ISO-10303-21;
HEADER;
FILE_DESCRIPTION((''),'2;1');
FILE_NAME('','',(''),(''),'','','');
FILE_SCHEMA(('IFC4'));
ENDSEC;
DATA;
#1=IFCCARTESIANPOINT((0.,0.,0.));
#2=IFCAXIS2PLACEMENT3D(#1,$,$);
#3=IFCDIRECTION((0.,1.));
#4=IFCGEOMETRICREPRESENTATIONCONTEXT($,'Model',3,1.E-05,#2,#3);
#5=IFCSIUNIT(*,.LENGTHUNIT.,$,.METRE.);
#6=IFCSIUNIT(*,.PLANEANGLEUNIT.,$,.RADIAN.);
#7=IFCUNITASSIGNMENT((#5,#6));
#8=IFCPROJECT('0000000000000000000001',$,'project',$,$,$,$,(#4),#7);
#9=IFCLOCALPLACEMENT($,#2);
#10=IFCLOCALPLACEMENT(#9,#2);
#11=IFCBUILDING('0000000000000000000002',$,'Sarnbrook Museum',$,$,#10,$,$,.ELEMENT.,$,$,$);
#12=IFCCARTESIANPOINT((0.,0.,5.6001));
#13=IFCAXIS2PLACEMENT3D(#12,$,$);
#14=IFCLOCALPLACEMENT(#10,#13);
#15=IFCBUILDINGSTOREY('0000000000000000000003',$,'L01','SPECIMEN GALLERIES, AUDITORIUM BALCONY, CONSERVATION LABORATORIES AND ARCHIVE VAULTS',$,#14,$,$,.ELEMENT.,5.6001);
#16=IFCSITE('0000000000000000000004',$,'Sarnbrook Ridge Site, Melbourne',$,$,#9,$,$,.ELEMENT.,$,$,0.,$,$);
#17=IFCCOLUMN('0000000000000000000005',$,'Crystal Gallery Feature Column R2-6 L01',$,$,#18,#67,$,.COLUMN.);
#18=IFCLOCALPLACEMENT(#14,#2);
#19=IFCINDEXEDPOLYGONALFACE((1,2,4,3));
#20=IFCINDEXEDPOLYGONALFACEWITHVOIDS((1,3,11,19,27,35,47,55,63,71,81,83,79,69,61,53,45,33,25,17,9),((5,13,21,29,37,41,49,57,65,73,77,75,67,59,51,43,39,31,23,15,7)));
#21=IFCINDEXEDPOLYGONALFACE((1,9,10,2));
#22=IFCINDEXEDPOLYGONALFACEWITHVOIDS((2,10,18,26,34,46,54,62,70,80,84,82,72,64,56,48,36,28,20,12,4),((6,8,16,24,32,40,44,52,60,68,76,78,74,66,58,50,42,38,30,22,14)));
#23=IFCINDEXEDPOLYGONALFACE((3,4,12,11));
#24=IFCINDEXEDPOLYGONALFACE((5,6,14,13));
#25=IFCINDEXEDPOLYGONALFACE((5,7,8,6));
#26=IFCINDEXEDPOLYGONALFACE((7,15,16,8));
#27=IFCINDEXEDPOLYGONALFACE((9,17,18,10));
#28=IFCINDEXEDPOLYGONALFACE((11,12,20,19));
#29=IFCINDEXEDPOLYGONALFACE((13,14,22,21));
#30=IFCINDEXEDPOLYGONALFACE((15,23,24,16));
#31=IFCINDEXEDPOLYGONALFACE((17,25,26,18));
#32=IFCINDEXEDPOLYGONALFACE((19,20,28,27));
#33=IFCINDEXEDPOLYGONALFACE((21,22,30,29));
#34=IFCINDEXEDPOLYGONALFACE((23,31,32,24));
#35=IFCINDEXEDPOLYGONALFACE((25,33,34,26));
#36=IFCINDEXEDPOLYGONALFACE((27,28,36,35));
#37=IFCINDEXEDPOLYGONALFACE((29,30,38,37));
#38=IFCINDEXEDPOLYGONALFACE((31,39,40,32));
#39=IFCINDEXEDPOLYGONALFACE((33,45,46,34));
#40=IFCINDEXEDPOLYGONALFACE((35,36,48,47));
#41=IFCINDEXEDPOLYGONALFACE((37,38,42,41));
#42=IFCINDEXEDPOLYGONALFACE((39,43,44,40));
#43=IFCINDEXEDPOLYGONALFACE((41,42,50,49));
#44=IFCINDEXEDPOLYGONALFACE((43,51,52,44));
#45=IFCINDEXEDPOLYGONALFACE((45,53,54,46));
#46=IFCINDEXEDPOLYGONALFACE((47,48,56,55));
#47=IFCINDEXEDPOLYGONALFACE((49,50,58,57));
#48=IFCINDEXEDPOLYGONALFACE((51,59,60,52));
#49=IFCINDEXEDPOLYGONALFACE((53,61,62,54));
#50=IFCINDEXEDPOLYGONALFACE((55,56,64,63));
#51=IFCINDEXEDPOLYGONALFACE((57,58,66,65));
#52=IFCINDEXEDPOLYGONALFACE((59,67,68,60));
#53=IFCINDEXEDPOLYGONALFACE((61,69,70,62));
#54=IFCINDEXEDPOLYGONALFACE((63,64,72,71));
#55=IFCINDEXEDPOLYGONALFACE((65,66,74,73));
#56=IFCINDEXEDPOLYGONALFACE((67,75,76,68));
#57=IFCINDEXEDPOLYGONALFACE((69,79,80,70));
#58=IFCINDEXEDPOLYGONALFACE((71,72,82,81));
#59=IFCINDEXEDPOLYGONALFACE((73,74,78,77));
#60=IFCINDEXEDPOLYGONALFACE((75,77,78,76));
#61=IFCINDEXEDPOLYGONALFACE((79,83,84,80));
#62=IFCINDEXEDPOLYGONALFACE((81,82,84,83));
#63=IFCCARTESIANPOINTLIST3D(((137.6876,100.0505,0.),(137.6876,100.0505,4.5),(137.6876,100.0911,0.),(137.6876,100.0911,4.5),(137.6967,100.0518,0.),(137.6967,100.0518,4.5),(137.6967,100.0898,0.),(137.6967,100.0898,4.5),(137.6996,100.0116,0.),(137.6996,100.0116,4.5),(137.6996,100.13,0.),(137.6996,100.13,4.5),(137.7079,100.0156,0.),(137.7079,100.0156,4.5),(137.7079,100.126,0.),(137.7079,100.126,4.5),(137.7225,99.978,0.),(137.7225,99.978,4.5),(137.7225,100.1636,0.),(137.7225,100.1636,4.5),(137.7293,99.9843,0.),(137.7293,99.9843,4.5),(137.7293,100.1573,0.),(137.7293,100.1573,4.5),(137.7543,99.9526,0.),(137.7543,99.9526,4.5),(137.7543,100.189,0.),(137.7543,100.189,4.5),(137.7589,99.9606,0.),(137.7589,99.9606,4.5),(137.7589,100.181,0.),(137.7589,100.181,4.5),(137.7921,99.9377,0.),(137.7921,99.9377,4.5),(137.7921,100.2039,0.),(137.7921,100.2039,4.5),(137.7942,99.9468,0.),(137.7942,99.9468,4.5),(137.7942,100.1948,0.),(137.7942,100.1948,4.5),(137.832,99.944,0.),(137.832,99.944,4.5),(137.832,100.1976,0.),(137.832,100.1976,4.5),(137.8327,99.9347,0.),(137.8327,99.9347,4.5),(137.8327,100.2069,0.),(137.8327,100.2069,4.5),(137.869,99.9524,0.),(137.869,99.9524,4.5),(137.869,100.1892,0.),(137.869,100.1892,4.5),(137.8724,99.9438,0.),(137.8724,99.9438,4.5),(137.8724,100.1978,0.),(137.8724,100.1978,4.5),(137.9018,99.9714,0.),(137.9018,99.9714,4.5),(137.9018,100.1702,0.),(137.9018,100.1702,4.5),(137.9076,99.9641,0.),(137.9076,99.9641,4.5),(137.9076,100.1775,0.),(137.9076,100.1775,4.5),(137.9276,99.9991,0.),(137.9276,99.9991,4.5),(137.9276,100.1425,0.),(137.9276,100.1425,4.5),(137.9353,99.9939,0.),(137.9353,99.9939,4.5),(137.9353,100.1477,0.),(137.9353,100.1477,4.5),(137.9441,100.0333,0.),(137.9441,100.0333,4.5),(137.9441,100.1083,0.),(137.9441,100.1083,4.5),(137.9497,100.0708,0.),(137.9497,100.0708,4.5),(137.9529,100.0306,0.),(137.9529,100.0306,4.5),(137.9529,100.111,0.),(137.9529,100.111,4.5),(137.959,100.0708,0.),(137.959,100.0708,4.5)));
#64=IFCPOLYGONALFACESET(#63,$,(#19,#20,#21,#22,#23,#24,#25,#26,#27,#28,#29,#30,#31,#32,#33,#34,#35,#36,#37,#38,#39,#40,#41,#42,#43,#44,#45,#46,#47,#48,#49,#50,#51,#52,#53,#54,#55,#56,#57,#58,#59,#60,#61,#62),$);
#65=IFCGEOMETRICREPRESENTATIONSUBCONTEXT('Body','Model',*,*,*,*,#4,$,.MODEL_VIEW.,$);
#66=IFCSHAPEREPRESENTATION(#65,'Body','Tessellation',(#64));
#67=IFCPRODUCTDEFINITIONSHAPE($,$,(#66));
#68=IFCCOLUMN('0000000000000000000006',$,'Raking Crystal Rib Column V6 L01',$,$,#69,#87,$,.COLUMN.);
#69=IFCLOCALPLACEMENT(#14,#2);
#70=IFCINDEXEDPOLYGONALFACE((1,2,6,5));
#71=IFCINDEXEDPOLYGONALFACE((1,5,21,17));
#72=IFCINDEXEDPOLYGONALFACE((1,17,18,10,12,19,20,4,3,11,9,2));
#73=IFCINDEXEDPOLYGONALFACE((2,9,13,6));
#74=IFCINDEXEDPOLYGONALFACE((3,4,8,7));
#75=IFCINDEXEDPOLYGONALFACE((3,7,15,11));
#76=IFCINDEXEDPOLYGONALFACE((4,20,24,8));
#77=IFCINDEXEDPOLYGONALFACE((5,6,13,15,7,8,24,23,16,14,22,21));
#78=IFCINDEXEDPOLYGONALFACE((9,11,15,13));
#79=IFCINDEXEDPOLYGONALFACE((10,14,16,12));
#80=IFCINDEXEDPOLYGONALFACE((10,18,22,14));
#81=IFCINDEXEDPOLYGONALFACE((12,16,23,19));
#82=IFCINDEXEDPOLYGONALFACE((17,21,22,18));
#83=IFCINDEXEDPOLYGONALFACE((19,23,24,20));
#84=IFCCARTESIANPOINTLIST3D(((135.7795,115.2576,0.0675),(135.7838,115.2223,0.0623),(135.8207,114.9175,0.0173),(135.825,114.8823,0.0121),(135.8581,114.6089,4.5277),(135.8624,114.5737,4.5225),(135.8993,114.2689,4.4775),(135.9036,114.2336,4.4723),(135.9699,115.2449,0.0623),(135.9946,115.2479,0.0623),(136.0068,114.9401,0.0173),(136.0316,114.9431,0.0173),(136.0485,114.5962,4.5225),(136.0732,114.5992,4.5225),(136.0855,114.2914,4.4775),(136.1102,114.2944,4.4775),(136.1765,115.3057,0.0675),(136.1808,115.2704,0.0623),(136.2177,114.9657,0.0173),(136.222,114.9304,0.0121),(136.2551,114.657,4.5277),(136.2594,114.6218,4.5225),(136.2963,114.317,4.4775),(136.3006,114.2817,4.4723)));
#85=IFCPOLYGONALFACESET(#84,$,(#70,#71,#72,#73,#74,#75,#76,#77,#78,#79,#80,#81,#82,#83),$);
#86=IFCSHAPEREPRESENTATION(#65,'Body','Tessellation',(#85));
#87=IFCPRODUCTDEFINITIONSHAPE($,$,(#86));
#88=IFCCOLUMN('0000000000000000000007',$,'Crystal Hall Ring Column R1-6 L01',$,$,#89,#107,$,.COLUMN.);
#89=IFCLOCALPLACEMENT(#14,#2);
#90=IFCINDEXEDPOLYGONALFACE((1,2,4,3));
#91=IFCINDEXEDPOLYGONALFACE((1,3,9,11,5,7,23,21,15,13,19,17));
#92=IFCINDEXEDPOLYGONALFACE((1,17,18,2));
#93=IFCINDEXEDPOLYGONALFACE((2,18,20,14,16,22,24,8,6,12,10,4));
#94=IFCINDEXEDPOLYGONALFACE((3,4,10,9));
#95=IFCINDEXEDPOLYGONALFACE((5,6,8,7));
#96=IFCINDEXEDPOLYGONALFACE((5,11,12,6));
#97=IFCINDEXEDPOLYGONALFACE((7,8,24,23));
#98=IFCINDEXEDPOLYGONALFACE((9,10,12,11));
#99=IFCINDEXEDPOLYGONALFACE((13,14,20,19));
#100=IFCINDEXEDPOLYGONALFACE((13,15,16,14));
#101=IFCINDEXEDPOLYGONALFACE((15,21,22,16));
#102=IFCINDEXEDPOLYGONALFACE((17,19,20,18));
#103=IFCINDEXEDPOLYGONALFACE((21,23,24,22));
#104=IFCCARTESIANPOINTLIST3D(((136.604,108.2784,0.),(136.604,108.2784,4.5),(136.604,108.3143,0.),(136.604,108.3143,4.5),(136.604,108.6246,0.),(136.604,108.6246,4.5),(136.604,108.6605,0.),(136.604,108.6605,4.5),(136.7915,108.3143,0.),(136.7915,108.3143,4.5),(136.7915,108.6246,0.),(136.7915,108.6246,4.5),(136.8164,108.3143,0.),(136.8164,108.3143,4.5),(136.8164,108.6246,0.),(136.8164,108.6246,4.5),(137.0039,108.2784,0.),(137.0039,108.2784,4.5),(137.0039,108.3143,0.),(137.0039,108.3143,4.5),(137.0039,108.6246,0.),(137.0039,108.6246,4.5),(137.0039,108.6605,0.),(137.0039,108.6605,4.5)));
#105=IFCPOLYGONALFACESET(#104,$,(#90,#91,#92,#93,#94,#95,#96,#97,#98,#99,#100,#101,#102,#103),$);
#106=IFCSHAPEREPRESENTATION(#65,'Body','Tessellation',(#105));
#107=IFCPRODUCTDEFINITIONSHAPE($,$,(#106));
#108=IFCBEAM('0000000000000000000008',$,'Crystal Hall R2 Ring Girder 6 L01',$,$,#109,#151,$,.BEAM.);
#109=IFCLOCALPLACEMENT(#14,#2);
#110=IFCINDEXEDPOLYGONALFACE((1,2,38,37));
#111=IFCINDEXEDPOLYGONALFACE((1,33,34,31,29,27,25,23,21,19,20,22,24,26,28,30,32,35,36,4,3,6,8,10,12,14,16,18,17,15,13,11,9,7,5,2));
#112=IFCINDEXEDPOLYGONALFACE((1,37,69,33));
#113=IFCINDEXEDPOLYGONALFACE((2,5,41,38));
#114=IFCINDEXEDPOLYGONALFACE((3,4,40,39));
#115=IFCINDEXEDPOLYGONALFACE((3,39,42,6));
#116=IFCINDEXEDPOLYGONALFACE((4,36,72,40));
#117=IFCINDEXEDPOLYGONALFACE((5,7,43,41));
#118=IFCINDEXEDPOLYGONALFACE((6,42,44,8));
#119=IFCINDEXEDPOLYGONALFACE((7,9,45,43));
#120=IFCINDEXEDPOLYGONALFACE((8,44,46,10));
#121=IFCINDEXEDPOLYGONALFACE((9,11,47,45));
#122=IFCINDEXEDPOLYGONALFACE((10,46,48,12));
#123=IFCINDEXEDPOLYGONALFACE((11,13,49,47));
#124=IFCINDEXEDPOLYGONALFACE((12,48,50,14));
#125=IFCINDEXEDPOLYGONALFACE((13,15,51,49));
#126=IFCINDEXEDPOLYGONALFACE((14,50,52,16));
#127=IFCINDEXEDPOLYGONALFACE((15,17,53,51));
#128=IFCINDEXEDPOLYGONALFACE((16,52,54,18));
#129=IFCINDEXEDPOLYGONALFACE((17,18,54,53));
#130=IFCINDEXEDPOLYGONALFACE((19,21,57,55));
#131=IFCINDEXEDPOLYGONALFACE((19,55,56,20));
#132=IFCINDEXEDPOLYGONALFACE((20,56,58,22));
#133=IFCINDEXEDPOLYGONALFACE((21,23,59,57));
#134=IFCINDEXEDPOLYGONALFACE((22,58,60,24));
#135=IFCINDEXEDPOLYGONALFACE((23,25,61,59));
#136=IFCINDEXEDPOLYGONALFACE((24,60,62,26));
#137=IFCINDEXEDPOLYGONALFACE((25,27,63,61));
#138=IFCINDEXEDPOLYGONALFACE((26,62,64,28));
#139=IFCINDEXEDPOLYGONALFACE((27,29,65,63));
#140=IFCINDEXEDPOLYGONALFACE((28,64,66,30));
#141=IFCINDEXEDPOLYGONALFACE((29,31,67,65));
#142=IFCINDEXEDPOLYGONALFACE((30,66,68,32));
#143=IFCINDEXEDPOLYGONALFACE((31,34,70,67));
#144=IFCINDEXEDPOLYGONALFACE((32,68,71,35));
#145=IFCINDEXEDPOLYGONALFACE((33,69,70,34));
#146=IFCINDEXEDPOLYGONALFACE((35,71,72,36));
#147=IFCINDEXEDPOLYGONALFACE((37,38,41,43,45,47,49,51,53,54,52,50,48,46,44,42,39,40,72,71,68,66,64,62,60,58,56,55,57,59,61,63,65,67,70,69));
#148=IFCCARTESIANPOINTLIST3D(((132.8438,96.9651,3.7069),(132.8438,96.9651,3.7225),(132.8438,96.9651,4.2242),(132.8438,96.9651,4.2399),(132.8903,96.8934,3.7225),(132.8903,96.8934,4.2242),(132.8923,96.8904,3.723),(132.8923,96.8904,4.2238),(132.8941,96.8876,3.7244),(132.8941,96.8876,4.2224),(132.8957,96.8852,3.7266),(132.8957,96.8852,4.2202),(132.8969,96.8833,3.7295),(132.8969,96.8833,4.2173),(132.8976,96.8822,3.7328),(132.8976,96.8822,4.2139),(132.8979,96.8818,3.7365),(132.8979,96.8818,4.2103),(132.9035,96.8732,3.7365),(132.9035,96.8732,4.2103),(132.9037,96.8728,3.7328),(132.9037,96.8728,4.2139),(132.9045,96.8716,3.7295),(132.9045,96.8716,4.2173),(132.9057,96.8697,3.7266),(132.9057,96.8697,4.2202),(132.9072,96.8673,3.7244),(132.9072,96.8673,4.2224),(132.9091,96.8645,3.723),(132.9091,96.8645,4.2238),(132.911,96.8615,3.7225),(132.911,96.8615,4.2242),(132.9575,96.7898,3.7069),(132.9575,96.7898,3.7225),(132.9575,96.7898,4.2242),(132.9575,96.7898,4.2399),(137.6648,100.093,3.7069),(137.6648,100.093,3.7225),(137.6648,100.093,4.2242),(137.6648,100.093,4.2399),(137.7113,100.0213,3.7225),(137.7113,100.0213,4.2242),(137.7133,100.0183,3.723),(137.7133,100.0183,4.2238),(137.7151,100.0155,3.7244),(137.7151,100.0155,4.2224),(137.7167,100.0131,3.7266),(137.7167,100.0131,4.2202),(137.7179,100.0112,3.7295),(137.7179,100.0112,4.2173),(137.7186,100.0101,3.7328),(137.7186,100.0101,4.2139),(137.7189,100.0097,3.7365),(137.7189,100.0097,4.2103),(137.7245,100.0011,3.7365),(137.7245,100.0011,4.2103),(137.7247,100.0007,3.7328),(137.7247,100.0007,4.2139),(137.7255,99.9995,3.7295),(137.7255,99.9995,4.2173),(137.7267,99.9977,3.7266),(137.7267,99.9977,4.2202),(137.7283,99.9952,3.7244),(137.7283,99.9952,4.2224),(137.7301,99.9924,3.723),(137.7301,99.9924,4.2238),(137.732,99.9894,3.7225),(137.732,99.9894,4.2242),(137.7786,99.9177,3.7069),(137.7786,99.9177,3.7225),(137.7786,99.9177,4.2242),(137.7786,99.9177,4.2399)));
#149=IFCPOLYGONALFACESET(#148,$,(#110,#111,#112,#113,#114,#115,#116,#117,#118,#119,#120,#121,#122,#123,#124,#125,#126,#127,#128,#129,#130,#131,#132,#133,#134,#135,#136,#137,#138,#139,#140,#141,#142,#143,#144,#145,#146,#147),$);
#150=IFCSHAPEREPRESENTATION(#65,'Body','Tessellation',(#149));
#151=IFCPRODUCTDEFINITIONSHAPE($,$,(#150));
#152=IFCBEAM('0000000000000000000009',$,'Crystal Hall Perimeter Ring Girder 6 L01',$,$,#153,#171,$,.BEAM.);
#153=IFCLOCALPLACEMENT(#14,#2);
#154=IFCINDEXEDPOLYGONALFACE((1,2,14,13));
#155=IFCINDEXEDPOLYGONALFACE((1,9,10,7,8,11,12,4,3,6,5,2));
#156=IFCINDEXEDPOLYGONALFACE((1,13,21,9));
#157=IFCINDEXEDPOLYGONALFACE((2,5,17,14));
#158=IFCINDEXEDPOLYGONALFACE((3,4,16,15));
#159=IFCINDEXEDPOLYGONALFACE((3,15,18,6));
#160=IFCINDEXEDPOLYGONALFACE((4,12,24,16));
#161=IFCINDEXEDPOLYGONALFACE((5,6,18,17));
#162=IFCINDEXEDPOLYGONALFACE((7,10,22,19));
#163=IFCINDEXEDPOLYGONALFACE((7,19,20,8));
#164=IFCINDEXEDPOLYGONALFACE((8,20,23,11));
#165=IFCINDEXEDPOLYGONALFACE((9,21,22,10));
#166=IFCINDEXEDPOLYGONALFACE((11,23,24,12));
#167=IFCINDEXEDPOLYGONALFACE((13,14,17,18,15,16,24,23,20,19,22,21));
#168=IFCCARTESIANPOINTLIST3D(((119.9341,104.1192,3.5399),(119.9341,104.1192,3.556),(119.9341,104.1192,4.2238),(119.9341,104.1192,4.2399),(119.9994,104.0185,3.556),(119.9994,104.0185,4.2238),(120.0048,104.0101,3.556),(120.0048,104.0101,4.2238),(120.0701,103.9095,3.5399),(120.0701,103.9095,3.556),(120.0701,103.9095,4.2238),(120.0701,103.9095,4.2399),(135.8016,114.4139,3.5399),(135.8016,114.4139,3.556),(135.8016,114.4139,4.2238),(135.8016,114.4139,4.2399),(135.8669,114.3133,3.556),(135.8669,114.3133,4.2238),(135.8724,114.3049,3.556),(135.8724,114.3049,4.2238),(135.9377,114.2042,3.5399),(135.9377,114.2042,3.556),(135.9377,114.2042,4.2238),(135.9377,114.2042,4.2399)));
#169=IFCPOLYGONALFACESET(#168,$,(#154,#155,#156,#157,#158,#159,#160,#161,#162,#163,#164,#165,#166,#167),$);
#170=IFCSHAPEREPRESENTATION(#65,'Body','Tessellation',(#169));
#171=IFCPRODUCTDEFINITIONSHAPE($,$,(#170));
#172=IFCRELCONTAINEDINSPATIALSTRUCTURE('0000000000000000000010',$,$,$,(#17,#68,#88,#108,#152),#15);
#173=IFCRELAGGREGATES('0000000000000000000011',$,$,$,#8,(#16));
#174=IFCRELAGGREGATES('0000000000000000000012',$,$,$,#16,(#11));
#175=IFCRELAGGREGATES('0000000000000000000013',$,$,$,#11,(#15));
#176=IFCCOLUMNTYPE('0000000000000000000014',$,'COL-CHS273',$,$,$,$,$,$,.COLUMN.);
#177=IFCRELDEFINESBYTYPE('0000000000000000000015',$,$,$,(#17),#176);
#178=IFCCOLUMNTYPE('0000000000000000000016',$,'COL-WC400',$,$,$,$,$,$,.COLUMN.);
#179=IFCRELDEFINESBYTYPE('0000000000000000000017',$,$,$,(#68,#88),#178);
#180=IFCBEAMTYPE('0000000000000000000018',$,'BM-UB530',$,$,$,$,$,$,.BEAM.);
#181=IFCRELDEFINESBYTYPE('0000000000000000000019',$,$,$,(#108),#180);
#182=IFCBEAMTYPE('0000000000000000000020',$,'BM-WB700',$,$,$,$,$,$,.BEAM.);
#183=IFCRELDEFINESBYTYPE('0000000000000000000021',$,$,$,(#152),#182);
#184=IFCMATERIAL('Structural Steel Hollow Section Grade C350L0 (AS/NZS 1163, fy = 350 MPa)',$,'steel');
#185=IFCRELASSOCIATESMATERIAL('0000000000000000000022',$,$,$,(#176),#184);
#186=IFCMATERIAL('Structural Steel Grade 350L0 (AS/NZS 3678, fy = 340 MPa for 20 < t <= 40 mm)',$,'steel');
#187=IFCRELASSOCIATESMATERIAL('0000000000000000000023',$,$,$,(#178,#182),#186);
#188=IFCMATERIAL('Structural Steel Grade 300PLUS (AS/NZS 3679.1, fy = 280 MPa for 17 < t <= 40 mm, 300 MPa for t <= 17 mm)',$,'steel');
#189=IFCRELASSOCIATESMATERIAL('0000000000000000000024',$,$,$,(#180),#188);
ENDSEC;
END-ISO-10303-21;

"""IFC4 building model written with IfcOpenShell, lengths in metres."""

from ifc_helpers import new_model, si_unit, direction, frame, origin, origin_2d, place, context, subcontext, project, spatial, hollow_circle, i_section, extrude, material, material_profile, profile_set, type_object, element, save


model = new_model("IFC4")

# Units and contexts
model_context = context("Model", 3, precision=1e-05, world=origin(), true_north=direction((0.0, 1.0)))
body_context = subcontext(model_context, "Body", "Model", "MODEL_VIEW")
ifc_project = project(units=[si_unit("LENGTHUNIT", "METRE"), si_unit("PLANEANGLEUNIT", "RADIAN")], contexts=[model_context])

# Site, building, storey
site_placement = place(None, origin())
site = spatial("IfcSite", under=ifc_project, at=site_placement, Name="Sarnbrook Ridge Site, Melbourne", CompositionType="ELEMENT", RefElevation=0.0)
building_placement = place(site_placement, origin())
building = spatial("IfcBuilding", under=site, at=building_placement, Name="Sarnbrook Museum", CompositionType="ELEMENT")
storey_placement = place(building_placement, frame((0.0, 0.0, 5.6001)))
storey = spatial("IfcBuildingStorey", under=building, at=storey_placement, Name="L01", Description="SPECIMEN GALLERIES, AUDITORIUM BALCONY, CONSERVATION LABORATORIES AND ARCHIVE VAULTS", CompositionType="ELEMENT", Elevation=5.6001)

# Columns
ifc_material_1 = material(Name="Structural Steel Hollow Section Grade C350L0 (AS/NZS 1163, fy = 350 MPa)", Category="steel")
ifc_material_profile_1 = material_profile(ifc_material_1, hollow_circle(Radius=0.1365, WallThickness=0.0093, at=origin_2d()), Name="273.1x9.3CHS")
ifc_profile_set_1 = profile_set([ifc_material_profile_1], Name="Structural Steel Hollow Section Grade C350L0 (AS/NZS 1163, fy = 350 MPa)")
column_type_1 = type_object("IfcColumnType", Name="COL-CHS273", PredefinedType="COLUMN", material=ifc_profile_set_1)
column_1_placement = place(storey_placement, frame((137.8225, 100.0708, 0.0), z_axis=(0.0, 0.0, 1.0), x_axis=(1.0, 0.0, 0.0)))
element("IfcColumn", 1, at=column_1_placement, inside=storey, type_object=column_type_1, Name="Crystal Gallery Feature Column R2-6 L01", PredefinedType="COLUMN", context=body_context, shape_type="SweptSolid", body=[
    extrude(hollow_circle(Radius=0.1365, WallThickness=0.0093, at=origin_2d()), origin(), (0.0, 0.0, 1.0), 4.5),
])
ifc_material_2 = material(Name="Structural Steel Grade 350L0 (AS/NZS 3678, fy = 340 MPa for 20 < t <= 40 mm)", Category="steel")
ifc_material_profile_2 = material_profile(ifc_material_2, i_section(OverallWidth=0.3999, OverallDepth=0.3821, WebThickness=0.0249, FlangeThickness=0.0359, at=origin_2d()), Name="400WC270")
ifc_profile_set_2 = profile_set([ifc_material_profile_2], Name="Structural Steel Grade 350L0 (AS/NZS 3678, fy = 340 MPa for 20 < t <= 40 mm)")
column_type_2 = type_object("IfcColumnType", Name="COL-WC400", PredefinedType="COLUMN", material=ifc_profile_set_2)
column_2_placement = place(storey_placement, frame((136.0007, 115.094, 0.0398), z_axis=(0.017439, -0.143902, 0.989438), x_axis=(0.992736, 0.120309, 0.0)))
element("IfcColumn", 2, at=column_2_placement, inside=storey, type_object=column_type_2, Name="Raking Crystal Rib Column V6 L01", PredefinedType="COLUMN", context=body_context, shape_type="SweptSolid", body=[
    extrude(i_section(OverallWidth=0.3999, OverallDepth=0.3821, WebThickness=0.0249, FlangeThickness=0.0359, at=origin_2d()), origin(), (0.0, 0.0, 1.0), 4.5078),
])
column_3_placement = place(storey_placement, frame((136.804, 108.4695, 0.0), z_axis=(0.0, 0.0, 1.0), x_axis=(1.0, 0.0, 0.0)))
element("IfcColumn", 3, at=column_3_placement, inside=storey, type_object=column_type_2, Name="Crystal Hall Ring Column R1-6 L01", PredefinedType="COLUMN", context=body_context, shape_type="SweptSolid", body=[
    extrude(i_section(OverallWidth=0.3999, OverallDepth=0.3821, WebThickness=0.0249, FlangeThickness=0.0359, at=origin_2d()), origin(), (0.0, 0.0, 1.0), 4.5),
])

# Beams
ifc_material_3 = material(Name="Structural Steel Grade 300PLUS (AS/NZS 3679.1, fy = 280 MPa for 17 < t <= 40 mm, 300 MPa for t <= 17 mm)", Category="steel")
ifc_material_profile_3 = material_profile(ifc_material_3, i_section(OverallWidth=0.209, OverallDepth=0.533, WebThickness=0.0103, FlangeThickness=0.0156, FilletRadius=0.0139, at=origin_2d()), Name="530UB92.4")
ifc_profile_set_3 = profile_set([ifc_material_profile_3], Name="Structural Steel Grade 300PLUS (AS/NZS 3679.1, fy = 280 MPa for 17 < t <= 40 mm, 300 MPa for t <= 17 mm)")
beam_type_1 = type_object("IfcBeamType", Name="BM-UB530", PredefinedType="BEAM", material=ifc_profile_set_3)
beam_1_placement = place(storey_placement, frame((137.7217, 100.0054, 3.9734), z_axis=(-0.8389, -0.544285, 0.0), x_axis=(0.544285, -0.8389, 0.0)))
element("IfcBeam", 4, at=beam_1_placement, inside=storey, type_object=beam_type_1, Name="Crystal Hall R2 Ring Girder 6 L01", PredefinedType="BEAM", context=body_context, shape_type="SweptSolid", body=[
    extrude(i_section(OverallWidth=0.209, OverallDepth=0.533, WebThickness=0.0103, FlangeThickness=0.0156, FilletRadius=0.0139, at=origin_2d()), origin(), (0.0, 0.0, 1.0), 5.7468),
])
ifc_material_profile_4 = material_profile(ifc_material_2, i_section(OverallWidth=0.25, OverallDepth=0.7, WebThickness=0.01, FlangeThickness=0.0161, at=origin_2d()), Name="700WB130")
ifc_profile_set_4 = profile_set([ifc_material_profile_4], Name="Structural Steel Grade 350L0 (AS/NZS 3678, fy = 340 MPa for 20 < t <= 40 mm)")
beam_type_2 = type_object("IfcBeamType", Name="BM-WB700", PredefinedType="BEAM", material=ifc_profile_set_4)
beam_2_placement = place(storey_placement, frame((135.8696, 114.3091, 3.8899), z_axis=(-0.838906, -0.544276, 0.0), x_axis=(0.544276, -0.838906, 0.0)))
element("IfcBeam", 5, at=beam_2_placement, inside=storey, type_object=beam_type_2, Name="Crystal Hall Perimeter Ring Girder 6 L01", PredefinedType="BEAM", context=body_context, shape_type="SweptSolid", body=[
    extrude(i_section(OverallWidth=0.25, OverallDepth=0.7, WebThickness=0.01, FlangeThickness=0.0161, at=origin_2d()), origin(), (0.0, 0.0, 1.0), 18.9146),
])

save(model, "model.ifc")
